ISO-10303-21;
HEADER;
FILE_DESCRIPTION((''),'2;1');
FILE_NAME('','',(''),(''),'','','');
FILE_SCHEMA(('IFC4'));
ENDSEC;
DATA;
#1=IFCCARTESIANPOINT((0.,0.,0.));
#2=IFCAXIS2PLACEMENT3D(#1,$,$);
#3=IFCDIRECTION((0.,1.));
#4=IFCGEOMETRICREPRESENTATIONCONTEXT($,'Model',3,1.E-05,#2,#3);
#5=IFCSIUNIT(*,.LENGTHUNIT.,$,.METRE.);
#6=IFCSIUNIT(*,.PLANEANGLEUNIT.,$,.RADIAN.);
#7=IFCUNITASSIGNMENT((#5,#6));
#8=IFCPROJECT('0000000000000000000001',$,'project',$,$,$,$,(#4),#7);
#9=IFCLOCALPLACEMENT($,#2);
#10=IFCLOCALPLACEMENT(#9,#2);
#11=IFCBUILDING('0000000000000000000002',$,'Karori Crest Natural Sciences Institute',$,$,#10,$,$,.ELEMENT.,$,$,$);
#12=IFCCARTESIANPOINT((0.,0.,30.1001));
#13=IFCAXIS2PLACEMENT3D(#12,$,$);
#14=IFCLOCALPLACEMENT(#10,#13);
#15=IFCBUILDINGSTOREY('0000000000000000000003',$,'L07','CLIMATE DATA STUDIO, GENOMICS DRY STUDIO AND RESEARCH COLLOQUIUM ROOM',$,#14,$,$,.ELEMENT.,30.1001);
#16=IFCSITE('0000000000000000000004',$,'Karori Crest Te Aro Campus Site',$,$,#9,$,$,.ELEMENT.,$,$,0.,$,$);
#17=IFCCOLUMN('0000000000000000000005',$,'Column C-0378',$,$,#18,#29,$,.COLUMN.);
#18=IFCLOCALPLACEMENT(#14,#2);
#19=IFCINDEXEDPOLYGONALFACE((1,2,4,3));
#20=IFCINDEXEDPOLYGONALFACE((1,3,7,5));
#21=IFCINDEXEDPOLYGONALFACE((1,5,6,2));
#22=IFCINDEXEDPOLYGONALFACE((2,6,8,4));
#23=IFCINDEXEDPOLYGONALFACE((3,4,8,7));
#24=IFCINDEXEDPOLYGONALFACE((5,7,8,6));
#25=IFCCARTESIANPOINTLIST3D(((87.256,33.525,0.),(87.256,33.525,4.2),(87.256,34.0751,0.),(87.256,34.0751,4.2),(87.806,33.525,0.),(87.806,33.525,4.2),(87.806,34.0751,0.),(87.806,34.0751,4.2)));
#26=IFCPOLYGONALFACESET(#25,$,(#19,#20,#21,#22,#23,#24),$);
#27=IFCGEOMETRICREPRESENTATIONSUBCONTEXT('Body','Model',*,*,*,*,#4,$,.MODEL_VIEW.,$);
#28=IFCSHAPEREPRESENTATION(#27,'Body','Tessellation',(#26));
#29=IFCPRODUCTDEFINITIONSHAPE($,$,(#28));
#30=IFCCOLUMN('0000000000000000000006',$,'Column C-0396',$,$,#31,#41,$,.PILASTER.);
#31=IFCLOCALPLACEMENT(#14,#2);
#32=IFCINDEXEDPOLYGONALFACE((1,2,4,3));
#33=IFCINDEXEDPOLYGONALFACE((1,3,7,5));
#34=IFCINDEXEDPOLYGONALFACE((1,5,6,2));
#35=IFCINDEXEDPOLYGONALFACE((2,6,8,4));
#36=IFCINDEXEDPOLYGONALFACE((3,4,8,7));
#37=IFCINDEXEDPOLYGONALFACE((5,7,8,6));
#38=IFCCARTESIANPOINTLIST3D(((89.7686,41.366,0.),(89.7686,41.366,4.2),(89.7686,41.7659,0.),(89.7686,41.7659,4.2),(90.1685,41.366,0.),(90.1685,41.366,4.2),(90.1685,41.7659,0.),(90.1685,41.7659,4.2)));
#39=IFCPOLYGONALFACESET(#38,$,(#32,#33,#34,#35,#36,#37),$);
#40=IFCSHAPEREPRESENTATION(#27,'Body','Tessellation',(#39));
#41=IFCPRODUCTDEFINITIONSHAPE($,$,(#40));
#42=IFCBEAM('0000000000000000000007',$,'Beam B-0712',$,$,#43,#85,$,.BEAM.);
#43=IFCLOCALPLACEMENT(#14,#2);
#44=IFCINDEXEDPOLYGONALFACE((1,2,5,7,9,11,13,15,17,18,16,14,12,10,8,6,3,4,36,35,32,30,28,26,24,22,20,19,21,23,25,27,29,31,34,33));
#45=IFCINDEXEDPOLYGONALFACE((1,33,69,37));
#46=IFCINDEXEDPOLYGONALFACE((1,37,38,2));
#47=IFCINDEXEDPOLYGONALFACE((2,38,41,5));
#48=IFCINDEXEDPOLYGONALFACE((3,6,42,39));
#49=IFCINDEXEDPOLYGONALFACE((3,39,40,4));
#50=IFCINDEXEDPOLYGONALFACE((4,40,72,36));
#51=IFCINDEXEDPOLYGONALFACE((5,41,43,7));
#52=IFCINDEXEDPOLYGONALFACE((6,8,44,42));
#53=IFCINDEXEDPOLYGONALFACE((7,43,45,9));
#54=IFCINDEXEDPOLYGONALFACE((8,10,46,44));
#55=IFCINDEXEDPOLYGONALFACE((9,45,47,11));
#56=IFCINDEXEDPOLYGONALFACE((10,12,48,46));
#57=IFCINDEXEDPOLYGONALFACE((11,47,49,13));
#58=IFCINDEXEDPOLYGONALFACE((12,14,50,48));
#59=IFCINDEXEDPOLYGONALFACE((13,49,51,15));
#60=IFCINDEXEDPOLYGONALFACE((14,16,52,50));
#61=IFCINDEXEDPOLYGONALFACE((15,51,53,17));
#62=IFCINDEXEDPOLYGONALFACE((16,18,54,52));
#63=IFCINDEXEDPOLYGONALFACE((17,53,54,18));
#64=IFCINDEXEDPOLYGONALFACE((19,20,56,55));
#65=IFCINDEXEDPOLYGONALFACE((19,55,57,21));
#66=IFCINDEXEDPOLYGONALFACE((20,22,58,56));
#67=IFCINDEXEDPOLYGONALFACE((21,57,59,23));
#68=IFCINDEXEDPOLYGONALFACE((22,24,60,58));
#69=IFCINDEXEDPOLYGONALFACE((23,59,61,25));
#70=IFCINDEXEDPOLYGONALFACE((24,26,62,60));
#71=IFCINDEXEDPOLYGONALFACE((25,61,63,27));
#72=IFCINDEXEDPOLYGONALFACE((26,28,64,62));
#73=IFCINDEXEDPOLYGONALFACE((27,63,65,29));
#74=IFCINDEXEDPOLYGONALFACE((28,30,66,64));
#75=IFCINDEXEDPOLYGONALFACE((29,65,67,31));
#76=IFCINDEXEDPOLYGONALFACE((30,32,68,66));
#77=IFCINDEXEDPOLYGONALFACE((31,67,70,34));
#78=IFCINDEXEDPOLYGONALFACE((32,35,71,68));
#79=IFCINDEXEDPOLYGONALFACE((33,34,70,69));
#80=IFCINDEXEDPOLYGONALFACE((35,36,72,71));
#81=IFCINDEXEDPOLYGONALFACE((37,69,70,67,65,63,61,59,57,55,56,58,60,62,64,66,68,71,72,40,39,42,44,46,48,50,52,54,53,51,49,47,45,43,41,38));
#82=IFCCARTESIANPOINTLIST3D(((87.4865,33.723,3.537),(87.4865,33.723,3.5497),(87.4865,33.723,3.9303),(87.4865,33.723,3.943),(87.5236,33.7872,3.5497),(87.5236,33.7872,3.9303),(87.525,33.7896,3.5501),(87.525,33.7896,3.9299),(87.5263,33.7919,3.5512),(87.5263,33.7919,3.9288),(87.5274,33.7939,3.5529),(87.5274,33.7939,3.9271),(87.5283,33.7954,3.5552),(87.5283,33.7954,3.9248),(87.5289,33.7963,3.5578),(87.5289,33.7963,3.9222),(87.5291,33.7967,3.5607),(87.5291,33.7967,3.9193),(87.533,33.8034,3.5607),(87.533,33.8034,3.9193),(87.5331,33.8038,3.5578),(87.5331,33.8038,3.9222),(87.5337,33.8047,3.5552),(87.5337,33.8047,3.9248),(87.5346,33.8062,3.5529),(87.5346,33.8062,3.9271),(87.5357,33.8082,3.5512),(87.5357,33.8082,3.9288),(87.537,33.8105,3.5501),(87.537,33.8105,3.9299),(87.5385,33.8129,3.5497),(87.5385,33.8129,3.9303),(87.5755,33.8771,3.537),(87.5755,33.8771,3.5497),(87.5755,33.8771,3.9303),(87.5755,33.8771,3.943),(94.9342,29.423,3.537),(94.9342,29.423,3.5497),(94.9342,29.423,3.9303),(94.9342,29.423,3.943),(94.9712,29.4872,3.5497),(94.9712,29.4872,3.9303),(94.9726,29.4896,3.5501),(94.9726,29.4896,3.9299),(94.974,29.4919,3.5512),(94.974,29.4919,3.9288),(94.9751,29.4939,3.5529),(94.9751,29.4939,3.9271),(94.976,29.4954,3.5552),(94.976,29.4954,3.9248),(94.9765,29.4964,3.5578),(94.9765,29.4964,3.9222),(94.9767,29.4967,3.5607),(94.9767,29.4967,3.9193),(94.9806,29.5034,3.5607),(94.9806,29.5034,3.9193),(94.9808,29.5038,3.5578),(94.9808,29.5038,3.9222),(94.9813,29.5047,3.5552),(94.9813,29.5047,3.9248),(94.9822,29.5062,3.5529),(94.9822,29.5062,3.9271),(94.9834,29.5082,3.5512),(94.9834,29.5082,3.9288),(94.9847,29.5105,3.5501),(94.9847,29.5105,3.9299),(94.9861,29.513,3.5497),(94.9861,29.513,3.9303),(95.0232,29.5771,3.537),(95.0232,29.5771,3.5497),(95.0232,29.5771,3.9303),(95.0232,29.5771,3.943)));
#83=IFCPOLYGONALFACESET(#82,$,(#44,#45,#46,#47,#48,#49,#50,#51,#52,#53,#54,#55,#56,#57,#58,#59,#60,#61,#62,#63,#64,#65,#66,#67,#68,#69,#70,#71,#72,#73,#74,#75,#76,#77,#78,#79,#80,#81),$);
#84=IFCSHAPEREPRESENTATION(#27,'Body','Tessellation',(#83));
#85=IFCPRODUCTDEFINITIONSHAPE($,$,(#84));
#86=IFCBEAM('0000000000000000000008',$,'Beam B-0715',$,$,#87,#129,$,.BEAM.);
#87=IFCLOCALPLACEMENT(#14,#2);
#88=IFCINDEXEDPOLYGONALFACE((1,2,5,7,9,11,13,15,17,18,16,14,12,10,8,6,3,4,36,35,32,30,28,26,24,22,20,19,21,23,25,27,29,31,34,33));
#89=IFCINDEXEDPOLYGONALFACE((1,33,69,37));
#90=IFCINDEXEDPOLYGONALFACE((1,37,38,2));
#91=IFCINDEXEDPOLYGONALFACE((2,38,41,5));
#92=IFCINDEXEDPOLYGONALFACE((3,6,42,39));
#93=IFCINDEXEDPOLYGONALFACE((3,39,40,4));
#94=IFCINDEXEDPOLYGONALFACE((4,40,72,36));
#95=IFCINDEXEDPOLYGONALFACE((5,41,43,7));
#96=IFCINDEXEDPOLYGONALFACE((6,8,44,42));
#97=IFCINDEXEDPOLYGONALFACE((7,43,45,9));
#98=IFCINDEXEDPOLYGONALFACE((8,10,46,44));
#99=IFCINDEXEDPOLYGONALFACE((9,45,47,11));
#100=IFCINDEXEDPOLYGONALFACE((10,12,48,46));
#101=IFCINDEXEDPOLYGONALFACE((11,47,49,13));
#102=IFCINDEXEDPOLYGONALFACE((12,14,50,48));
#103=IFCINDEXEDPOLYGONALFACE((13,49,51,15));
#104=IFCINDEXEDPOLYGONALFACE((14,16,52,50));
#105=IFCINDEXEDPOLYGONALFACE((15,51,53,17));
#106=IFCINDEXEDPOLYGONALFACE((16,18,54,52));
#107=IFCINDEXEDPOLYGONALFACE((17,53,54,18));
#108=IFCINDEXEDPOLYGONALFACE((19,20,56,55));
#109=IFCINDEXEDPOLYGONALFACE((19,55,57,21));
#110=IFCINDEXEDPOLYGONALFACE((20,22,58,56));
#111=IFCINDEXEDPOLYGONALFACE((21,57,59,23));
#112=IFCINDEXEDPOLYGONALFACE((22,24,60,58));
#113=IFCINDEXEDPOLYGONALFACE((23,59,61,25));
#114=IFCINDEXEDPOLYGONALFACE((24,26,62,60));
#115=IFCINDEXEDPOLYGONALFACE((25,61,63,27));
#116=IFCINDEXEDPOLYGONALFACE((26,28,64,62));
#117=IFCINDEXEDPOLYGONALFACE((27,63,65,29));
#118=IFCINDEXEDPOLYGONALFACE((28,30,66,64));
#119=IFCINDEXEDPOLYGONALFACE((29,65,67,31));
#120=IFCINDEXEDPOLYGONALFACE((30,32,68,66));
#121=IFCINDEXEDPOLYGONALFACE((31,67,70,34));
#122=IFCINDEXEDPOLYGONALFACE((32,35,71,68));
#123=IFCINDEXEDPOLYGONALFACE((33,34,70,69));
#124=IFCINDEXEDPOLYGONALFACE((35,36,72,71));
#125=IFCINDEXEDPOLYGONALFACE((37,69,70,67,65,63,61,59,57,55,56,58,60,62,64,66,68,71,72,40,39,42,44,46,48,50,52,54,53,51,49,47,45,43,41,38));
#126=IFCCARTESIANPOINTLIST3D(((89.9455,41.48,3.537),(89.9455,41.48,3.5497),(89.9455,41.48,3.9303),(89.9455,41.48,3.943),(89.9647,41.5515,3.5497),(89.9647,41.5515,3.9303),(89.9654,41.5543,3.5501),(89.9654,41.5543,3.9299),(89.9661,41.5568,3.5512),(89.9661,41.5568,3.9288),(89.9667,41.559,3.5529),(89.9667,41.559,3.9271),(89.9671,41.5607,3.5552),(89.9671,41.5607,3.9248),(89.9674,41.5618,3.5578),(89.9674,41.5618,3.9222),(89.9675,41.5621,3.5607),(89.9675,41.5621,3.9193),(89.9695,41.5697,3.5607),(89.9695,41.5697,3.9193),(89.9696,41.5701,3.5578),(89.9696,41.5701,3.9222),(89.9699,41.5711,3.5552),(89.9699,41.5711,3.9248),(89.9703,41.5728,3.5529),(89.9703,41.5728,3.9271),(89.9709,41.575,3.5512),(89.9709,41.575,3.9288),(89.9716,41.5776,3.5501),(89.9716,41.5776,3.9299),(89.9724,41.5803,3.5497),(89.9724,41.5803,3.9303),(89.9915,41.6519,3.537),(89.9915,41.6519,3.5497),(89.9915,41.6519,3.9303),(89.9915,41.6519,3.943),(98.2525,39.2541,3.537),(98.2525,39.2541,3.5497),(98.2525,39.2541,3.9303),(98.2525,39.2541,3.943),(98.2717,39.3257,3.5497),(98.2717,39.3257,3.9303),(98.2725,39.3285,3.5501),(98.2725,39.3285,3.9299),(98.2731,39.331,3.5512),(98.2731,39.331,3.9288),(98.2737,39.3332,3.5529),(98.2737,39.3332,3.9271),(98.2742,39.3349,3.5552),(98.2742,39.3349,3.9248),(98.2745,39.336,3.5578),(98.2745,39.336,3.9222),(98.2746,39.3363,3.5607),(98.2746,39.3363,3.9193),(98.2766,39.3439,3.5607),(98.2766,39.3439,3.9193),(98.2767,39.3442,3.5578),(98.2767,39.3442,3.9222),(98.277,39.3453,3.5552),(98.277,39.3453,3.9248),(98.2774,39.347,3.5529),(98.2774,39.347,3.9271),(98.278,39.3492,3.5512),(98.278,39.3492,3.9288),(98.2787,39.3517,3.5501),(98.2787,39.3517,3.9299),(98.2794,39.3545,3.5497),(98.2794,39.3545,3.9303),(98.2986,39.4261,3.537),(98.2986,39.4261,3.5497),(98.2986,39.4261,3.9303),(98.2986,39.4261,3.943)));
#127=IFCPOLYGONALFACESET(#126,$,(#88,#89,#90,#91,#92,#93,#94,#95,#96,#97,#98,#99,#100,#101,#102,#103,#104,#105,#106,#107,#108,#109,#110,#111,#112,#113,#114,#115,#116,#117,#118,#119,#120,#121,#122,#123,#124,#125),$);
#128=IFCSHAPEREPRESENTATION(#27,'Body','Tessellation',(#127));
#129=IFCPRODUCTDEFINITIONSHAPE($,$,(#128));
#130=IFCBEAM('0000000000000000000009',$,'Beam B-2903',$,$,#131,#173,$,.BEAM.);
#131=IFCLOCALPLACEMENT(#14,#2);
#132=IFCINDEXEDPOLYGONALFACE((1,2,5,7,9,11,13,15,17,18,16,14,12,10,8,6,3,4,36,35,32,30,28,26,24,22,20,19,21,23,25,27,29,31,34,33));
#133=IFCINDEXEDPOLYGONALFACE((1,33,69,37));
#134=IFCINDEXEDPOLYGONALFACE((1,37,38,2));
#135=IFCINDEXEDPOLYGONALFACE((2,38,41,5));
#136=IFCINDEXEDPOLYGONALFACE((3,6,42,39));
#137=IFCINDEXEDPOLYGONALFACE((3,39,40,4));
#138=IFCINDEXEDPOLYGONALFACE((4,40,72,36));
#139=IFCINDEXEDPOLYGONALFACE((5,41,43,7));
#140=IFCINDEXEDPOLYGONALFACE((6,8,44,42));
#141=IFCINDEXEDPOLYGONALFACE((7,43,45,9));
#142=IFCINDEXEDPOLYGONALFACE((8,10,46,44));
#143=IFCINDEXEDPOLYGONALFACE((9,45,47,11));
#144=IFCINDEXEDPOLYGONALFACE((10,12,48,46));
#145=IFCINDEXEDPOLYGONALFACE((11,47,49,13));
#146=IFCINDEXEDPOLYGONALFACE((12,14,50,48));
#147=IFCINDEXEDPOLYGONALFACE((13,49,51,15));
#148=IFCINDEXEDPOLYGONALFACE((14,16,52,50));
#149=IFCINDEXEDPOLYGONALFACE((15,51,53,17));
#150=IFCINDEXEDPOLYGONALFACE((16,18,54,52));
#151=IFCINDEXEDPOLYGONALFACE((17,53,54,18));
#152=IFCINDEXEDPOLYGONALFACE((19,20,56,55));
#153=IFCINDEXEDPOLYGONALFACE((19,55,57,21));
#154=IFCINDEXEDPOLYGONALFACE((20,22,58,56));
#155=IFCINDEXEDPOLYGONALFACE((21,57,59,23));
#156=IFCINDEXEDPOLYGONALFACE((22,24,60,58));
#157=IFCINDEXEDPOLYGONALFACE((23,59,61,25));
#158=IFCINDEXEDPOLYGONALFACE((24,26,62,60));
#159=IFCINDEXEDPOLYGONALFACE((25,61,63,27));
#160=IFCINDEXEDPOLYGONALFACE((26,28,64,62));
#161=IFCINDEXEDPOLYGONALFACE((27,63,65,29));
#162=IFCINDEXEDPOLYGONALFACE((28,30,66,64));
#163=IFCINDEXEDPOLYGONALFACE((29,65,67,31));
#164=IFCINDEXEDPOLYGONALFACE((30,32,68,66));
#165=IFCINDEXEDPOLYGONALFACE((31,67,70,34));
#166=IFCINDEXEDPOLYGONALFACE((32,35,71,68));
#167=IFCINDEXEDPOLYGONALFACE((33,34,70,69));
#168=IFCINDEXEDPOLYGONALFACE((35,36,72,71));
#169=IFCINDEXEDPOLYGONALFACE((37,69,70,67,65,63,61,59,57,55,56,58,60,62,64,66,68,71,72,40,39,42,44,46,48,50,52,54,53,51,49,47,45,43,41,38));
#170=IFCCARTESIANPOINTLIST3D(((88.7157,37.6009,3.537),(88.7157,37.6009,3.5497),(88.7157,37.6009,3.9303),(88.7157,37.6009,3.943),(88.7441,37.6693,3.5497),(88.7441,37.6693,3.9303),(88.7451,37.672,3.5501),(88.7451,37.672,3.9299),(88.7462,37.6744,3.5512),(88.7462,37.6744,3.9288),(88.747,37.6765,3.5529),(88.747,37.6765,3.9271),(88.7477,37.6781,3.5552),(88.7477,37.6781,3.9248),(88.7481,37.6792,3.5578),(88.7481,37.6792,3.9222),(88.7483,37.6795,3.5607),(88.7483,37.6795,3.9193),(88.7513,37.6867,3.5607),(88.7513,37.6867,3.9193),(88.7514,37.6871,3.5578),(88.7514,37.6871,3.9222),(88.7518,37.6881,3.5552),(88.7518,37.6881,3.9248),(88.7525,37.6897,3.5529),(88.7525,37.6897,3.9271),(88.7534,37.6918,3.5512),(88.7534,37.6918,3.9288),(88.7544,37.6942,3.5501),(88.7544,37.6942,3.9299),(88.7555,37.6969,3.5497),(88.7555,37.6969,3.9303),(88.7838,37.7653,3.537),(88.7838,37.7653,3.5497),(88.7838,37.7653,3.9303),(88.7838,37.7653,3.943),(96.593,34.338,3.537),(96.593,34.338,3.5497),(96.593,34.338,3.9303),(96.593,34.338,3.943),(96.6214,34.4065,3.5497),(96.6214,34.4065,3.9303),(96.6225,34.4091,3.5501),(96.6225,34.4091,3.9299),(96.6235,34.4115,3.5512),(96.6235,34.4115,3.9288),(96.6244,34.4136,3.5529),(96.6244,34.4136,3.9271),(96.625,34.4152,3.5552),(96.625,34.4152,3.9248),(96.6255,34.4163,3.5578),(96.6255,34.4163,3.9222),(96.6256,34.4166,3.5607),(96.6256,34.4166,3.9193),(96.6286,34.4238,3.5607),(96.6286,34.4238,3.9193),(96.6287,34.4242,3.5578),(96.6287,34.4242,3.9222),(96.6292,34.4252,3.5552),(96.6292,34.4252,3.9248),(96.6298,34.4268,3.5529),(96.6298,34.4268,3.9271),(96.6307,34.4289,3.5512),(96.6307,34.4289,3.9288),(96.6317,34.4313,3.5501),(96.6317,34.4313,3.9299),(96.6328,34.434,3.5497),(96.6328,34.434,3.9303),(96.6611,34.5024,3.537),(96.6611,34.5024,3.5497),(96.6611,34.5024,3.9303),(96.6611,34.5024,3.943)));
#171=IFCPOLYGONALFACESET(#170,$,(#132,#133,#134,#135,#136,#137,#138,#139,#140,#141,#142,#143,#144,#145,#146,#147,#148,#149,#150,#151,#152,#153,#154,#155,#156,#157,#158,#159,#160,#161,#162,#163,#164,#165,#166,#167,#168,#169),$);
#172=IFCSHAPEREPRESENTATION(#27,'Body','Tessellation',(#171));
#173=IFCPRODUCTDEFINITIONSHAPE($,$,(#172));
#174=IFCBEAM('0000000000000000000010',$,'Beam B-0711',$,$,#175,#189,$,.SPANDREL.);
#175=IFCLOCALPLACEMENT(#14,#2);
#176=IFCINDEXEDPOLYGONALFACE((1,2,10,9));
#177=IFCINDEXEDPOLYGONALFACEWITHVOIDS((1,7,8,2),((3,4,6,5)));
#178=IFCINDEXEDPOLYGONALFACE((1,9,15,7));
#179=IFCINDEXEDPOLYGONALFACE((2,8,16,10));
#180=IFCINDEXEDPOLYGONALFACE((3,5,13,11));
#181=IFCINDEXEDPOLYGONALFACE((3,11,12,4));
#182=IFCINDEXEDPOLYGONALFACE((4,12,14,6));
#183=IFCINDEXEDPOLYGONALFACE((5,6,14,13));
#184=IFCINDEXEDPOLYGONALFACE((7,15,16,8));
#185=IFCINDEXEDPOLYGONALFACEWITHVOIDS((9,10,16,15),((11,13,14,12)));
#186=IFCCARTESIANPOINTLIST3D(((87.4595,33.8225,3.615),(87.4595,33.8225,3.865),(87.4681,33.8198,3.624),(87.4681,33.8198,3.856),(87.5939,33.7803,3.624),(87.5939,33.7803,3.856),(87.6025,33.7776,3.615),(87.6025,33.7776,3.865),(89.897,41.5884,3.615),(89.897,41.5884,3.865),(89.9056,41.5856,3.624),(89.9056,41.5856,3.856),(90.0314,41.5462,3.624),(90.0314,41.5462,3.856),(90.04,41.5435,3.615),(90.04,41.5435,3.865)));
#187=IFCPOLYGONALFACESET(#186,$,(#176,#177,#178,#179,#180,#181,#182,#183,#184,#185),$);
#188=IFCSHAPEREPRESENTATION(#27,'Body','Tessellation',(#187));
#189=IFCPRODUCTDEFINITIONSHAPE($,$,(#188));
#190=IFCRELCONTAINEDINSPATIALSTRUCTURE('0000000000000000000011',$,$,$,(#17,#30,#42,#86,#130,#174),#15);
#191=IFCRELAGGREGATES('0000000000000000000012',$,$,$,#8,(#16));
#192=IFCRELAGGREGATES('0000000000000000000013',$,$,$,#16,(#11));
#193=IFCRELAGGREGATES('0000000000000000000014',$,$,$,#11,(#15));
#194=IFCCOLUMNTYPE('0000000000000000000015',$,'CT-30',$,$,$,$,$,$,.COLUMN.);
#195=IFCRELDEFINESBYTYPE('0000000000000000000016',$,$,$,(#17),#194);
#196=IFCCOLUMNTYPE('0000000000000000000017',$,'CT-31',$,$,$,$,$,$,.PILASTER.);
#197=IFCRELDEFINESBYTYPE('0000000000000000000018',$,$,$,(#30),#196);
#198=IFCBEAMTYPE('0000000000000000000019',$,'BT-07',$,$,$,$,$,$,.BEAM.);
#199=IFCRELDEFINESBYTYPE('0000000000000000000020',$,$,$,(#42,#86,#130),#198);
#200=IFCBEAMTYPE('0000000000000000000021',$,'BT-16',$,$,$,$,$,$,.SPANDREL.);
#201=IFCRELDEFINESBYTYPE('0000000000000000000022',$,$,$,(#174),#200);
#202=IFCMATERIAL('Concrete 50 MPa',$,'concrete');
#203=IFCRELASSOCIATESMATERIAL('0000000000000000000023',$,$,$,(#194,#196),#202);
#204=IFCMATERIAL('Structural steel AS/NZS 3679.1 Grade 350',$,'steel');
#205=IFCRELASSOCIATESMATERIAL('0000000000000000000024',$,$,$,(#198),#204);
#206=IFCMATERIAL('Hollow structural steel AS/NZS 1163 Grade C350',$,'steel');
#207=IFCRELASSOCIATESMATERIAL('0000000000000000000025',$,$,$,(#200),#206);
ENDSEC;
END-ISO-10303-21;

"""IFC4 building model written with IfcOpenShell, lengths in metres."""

from ifc_helpers import new_model, si_unit, direction, frame, origin, origin_2d, place, context, subcontext, project, spatial, rectangle, hollow_rectangle, i_section, extrude, material, material_profile, profile_set, type_object, element, save


model = new_model("IFC4")

# Units and contexts
model_context = context("Model", 3, precision=1e-05, world=origin(), true_north=direction((0.0, 1.0)))
body_context = subcontext(model_context, "Body", "Model", "MODEL_VIEW")
ifc_project = project(units=[si_unit("LENGTHUNIT", "METRE"), si_unit("PLANEANGLEUNIT", "RADIAN")], contexts=[model_context])

# Site, building, storey
site_placement = place(None, origin())
site = spatial("IfcSite", under=ifc_project, at=site_placement, Name="Karori Crest Te Aro Campus Site", CompositionType="ELEMENT", RefElevation=0.0)
building_placement = place(site_placement, origin())
building = spatial("IfcBuilding", under=site, at=building_placement, Name="Karori Crest Natural Sciences Institute", CompositionType="ELEMENT")
storey_placement = place(building_placement, frame((0.0, 0.0, 30.1001)))
storey = spatial("IfcBuildingStorey", under=building, at=storey_placement, Name="L07", Description="CLIMATE DATA STUDIO, GENOMICS DRY STUDIO AND RESEARCH COLLOQUIUM ROOM", CompositionType="ELEMENT", Elevation=30.1001)

# Columns
ifc_material_1 = material(Name="Concrete 50 MPa", Category="concrete")
ifc_material_profile_1 = material_profile(ifc_material_1, rectangle(XDim=0.55, YDim=0.55, at=origin_2d()), Name="RC550x550")
ifc_profile_set_1 = profile_set([ifc_material_profile_1], Name="Concrete 50 MPa")
column_type_1 = type_object("IfcColumnType", Name="CT-30", PredefinedType="COLUMN", material=ifc_profile_set_1)
column_1_placement = place(storey_placement, frame((87.531, 33.8, 0.0), z_axis=(0.0, 0.0, 1.0), x_axis=(1.0, 0.0, 0.0)))
element("IfcColumn", 1, at=column_1_placement, inside=storey, type_object=column_type_1, Name="Column C-0378", PredefinedType="COLUMN", context=body_context, shape_type="SweptSolid", body=[
    extrude(rectangle(XDim=0.55, YDim=0.55, at=origin_2d()), origin(), (0.0, 0.0, 1.0), 4.2),
])
ifc_material_profile_2 = material_profile(ifc_material_1, rectangle(XDim=0.3999, YDim=0.3999, at=origin_2d()), Name="RC400x400")
ifc_profile_set_2 = profile_set([ifc_material_profile_2], Name="Concrete 50 MPa")
column_type_2 = type_object("IfcColumnType", Name="CT-31", PredefinedType="PILASTER", material=ifc_profile_set_2)
column_2_placement = place(storey_placement, frame((89.9685, 41.5659, 0.0), z_axis=(0.0, 0.0, 1.0), x_axis=(1.0, 0.0, 0.0)))
element("IfcColumn", 2, at=column_2_placement, inside=storey, type_object=column_type_2, Name="Column C-0396", PredefinedType="PILASTER", context=body_context, shape_type="SweptSolid", body=[
    extrude(rectangle(XDim=0.3999, YDim=0.3999, at=origin_2d()), origin(), (0.0, 0.0, 1.0), 4.2),
])

# Beams
ifc_material_2 = material(Name="Structural steel AS/NZS 3679.1 Grade 350", Category="steel")
ifc_material_profile_3 = material_profile(ifc_material_2, i_section(OverallWidth=0.178, OverallDepth=0.406, WebThickness=0.0078, FlangeThickness=0.0127, FilletRadius=0.011, at=origin_2d()), Name="410UB59.7")
ifc_profile_set_3 = profile_set([ifc_material_profile_3], Name="Structural steel AS/NZS 3679.1 Grade 350")
beam_type_1 = type_object("IfcBeamType", Name="BT-07", PredefinedType="BEAM", material=ifc_profile_set_3)
beam_1_placement = place(storey_placement, frame((87.531, 33.8, 3.74), z_axis=(0.866021, -0.500008, 0.0), x_axis=(0.500008, 0.866021, 0.0)))
element("IfcBeam", 3, at=beam_1_placement, inside=storey, type_object=beam_type_1, Name="Beam B-0712", PredefinedType="BEAM", context=body_context, shape_type="SweptSolid", body=[
    extrude(i_section(OverallWidth=0.178, OverallDepth=0.406, WebThickness=0.0078, FlangeThickness=0.0127, FilletRadius=0.011, at=origin_2d()), origin(), (0.0, 0.0, 1.0), 8.5999),
])
beam_2_placement = place(storey_placement, frame((89.9685, 41.5659, 3.74), z_axis=(0.965928, -0.258813, 0.0), x_axis=(0.258813, 0.965928, 0.0)))
element("IfcBeam", 4, at=beam_2_placement, inside=storey, type_object=beam_type_1, Name="Beam B-0715", PredefinedType="BEAM", context=body_context, shape_type="SweptSolid", body=[
    extrude(i_section(OverallWidth=0.178, OverallDepth=0.406, WebThickness=0.0078, FlangeThickness=0.0127, FilletRadius=0.011, at=origin_2d()), origin(), (0.0, 0.0, 1.0), 8.6001),
])
beam_3_placement = place(storey_placement, frame((88.7498, 37.6831, 3.74), z_axis=(0.92388, -0.382683, 0.0), x_axis=(0.382683, 0.92388, 0.0)))
element("IfcBeam", 5, at=beam_3_placement, inside=storey, type_object=beam_type_1, Name="Beam B-2903", PredefinedType="BEAM", context=body_context, shape_type="SweptSolid", body=[
    extrude(i_section(OverallWidth=0.178, OverallDepth=0.406, WebThickness=0.0078, FlangeThickness=0.0127, FilletRadius=0.011, at=origin_2d()), origin(), (0.0, 0.0, 1.0), 8.5264),
])
ifc_material_3 = material(Name="Hollow structural steel AS/NZS 1163 Grade C350", Category="steel")
ifc_material_profile_4 = material_profile(ifc_material_3, hollow_rectangle(XDim=0.1499, YDim=0.25, WallThickness=0.009, at=origin_2d()), Name="RHS250x150x9")
ifc_profile_set_4 = profile_set([ifc_material_profile_4], Name="Hollow structural steel AS/NZS 1163 Grade C350")
beam_type_2 = type_object("IfcBeamType", Name="BT-16", PredefinedType="SPANDREL", material=ifc_profile_set_4)
beam_4_placement = place(storey_placement, frame((87.531, 33.8, 3.74), z_axis=(0.299469, 0.954106, 0.0), x_axis=(-0.954106, 0.299469, 0.0)))
element("IfcBeam", 6, at=beam_4_placement, inside=storey, type_object=beam_type_2, Name="Beam B-0711", PredefinedType="SPANDREL", context=body_context, shape_type="SweptSolid", body=[
    extrude(hollow_rectangle(XDim=0.1499, YDim=0.25, WallThickness=0.009, at=origin_2d()), origin(), (0.0, 0.0, 1.0), 8.1394),
])

save(model, "model.ifc")
